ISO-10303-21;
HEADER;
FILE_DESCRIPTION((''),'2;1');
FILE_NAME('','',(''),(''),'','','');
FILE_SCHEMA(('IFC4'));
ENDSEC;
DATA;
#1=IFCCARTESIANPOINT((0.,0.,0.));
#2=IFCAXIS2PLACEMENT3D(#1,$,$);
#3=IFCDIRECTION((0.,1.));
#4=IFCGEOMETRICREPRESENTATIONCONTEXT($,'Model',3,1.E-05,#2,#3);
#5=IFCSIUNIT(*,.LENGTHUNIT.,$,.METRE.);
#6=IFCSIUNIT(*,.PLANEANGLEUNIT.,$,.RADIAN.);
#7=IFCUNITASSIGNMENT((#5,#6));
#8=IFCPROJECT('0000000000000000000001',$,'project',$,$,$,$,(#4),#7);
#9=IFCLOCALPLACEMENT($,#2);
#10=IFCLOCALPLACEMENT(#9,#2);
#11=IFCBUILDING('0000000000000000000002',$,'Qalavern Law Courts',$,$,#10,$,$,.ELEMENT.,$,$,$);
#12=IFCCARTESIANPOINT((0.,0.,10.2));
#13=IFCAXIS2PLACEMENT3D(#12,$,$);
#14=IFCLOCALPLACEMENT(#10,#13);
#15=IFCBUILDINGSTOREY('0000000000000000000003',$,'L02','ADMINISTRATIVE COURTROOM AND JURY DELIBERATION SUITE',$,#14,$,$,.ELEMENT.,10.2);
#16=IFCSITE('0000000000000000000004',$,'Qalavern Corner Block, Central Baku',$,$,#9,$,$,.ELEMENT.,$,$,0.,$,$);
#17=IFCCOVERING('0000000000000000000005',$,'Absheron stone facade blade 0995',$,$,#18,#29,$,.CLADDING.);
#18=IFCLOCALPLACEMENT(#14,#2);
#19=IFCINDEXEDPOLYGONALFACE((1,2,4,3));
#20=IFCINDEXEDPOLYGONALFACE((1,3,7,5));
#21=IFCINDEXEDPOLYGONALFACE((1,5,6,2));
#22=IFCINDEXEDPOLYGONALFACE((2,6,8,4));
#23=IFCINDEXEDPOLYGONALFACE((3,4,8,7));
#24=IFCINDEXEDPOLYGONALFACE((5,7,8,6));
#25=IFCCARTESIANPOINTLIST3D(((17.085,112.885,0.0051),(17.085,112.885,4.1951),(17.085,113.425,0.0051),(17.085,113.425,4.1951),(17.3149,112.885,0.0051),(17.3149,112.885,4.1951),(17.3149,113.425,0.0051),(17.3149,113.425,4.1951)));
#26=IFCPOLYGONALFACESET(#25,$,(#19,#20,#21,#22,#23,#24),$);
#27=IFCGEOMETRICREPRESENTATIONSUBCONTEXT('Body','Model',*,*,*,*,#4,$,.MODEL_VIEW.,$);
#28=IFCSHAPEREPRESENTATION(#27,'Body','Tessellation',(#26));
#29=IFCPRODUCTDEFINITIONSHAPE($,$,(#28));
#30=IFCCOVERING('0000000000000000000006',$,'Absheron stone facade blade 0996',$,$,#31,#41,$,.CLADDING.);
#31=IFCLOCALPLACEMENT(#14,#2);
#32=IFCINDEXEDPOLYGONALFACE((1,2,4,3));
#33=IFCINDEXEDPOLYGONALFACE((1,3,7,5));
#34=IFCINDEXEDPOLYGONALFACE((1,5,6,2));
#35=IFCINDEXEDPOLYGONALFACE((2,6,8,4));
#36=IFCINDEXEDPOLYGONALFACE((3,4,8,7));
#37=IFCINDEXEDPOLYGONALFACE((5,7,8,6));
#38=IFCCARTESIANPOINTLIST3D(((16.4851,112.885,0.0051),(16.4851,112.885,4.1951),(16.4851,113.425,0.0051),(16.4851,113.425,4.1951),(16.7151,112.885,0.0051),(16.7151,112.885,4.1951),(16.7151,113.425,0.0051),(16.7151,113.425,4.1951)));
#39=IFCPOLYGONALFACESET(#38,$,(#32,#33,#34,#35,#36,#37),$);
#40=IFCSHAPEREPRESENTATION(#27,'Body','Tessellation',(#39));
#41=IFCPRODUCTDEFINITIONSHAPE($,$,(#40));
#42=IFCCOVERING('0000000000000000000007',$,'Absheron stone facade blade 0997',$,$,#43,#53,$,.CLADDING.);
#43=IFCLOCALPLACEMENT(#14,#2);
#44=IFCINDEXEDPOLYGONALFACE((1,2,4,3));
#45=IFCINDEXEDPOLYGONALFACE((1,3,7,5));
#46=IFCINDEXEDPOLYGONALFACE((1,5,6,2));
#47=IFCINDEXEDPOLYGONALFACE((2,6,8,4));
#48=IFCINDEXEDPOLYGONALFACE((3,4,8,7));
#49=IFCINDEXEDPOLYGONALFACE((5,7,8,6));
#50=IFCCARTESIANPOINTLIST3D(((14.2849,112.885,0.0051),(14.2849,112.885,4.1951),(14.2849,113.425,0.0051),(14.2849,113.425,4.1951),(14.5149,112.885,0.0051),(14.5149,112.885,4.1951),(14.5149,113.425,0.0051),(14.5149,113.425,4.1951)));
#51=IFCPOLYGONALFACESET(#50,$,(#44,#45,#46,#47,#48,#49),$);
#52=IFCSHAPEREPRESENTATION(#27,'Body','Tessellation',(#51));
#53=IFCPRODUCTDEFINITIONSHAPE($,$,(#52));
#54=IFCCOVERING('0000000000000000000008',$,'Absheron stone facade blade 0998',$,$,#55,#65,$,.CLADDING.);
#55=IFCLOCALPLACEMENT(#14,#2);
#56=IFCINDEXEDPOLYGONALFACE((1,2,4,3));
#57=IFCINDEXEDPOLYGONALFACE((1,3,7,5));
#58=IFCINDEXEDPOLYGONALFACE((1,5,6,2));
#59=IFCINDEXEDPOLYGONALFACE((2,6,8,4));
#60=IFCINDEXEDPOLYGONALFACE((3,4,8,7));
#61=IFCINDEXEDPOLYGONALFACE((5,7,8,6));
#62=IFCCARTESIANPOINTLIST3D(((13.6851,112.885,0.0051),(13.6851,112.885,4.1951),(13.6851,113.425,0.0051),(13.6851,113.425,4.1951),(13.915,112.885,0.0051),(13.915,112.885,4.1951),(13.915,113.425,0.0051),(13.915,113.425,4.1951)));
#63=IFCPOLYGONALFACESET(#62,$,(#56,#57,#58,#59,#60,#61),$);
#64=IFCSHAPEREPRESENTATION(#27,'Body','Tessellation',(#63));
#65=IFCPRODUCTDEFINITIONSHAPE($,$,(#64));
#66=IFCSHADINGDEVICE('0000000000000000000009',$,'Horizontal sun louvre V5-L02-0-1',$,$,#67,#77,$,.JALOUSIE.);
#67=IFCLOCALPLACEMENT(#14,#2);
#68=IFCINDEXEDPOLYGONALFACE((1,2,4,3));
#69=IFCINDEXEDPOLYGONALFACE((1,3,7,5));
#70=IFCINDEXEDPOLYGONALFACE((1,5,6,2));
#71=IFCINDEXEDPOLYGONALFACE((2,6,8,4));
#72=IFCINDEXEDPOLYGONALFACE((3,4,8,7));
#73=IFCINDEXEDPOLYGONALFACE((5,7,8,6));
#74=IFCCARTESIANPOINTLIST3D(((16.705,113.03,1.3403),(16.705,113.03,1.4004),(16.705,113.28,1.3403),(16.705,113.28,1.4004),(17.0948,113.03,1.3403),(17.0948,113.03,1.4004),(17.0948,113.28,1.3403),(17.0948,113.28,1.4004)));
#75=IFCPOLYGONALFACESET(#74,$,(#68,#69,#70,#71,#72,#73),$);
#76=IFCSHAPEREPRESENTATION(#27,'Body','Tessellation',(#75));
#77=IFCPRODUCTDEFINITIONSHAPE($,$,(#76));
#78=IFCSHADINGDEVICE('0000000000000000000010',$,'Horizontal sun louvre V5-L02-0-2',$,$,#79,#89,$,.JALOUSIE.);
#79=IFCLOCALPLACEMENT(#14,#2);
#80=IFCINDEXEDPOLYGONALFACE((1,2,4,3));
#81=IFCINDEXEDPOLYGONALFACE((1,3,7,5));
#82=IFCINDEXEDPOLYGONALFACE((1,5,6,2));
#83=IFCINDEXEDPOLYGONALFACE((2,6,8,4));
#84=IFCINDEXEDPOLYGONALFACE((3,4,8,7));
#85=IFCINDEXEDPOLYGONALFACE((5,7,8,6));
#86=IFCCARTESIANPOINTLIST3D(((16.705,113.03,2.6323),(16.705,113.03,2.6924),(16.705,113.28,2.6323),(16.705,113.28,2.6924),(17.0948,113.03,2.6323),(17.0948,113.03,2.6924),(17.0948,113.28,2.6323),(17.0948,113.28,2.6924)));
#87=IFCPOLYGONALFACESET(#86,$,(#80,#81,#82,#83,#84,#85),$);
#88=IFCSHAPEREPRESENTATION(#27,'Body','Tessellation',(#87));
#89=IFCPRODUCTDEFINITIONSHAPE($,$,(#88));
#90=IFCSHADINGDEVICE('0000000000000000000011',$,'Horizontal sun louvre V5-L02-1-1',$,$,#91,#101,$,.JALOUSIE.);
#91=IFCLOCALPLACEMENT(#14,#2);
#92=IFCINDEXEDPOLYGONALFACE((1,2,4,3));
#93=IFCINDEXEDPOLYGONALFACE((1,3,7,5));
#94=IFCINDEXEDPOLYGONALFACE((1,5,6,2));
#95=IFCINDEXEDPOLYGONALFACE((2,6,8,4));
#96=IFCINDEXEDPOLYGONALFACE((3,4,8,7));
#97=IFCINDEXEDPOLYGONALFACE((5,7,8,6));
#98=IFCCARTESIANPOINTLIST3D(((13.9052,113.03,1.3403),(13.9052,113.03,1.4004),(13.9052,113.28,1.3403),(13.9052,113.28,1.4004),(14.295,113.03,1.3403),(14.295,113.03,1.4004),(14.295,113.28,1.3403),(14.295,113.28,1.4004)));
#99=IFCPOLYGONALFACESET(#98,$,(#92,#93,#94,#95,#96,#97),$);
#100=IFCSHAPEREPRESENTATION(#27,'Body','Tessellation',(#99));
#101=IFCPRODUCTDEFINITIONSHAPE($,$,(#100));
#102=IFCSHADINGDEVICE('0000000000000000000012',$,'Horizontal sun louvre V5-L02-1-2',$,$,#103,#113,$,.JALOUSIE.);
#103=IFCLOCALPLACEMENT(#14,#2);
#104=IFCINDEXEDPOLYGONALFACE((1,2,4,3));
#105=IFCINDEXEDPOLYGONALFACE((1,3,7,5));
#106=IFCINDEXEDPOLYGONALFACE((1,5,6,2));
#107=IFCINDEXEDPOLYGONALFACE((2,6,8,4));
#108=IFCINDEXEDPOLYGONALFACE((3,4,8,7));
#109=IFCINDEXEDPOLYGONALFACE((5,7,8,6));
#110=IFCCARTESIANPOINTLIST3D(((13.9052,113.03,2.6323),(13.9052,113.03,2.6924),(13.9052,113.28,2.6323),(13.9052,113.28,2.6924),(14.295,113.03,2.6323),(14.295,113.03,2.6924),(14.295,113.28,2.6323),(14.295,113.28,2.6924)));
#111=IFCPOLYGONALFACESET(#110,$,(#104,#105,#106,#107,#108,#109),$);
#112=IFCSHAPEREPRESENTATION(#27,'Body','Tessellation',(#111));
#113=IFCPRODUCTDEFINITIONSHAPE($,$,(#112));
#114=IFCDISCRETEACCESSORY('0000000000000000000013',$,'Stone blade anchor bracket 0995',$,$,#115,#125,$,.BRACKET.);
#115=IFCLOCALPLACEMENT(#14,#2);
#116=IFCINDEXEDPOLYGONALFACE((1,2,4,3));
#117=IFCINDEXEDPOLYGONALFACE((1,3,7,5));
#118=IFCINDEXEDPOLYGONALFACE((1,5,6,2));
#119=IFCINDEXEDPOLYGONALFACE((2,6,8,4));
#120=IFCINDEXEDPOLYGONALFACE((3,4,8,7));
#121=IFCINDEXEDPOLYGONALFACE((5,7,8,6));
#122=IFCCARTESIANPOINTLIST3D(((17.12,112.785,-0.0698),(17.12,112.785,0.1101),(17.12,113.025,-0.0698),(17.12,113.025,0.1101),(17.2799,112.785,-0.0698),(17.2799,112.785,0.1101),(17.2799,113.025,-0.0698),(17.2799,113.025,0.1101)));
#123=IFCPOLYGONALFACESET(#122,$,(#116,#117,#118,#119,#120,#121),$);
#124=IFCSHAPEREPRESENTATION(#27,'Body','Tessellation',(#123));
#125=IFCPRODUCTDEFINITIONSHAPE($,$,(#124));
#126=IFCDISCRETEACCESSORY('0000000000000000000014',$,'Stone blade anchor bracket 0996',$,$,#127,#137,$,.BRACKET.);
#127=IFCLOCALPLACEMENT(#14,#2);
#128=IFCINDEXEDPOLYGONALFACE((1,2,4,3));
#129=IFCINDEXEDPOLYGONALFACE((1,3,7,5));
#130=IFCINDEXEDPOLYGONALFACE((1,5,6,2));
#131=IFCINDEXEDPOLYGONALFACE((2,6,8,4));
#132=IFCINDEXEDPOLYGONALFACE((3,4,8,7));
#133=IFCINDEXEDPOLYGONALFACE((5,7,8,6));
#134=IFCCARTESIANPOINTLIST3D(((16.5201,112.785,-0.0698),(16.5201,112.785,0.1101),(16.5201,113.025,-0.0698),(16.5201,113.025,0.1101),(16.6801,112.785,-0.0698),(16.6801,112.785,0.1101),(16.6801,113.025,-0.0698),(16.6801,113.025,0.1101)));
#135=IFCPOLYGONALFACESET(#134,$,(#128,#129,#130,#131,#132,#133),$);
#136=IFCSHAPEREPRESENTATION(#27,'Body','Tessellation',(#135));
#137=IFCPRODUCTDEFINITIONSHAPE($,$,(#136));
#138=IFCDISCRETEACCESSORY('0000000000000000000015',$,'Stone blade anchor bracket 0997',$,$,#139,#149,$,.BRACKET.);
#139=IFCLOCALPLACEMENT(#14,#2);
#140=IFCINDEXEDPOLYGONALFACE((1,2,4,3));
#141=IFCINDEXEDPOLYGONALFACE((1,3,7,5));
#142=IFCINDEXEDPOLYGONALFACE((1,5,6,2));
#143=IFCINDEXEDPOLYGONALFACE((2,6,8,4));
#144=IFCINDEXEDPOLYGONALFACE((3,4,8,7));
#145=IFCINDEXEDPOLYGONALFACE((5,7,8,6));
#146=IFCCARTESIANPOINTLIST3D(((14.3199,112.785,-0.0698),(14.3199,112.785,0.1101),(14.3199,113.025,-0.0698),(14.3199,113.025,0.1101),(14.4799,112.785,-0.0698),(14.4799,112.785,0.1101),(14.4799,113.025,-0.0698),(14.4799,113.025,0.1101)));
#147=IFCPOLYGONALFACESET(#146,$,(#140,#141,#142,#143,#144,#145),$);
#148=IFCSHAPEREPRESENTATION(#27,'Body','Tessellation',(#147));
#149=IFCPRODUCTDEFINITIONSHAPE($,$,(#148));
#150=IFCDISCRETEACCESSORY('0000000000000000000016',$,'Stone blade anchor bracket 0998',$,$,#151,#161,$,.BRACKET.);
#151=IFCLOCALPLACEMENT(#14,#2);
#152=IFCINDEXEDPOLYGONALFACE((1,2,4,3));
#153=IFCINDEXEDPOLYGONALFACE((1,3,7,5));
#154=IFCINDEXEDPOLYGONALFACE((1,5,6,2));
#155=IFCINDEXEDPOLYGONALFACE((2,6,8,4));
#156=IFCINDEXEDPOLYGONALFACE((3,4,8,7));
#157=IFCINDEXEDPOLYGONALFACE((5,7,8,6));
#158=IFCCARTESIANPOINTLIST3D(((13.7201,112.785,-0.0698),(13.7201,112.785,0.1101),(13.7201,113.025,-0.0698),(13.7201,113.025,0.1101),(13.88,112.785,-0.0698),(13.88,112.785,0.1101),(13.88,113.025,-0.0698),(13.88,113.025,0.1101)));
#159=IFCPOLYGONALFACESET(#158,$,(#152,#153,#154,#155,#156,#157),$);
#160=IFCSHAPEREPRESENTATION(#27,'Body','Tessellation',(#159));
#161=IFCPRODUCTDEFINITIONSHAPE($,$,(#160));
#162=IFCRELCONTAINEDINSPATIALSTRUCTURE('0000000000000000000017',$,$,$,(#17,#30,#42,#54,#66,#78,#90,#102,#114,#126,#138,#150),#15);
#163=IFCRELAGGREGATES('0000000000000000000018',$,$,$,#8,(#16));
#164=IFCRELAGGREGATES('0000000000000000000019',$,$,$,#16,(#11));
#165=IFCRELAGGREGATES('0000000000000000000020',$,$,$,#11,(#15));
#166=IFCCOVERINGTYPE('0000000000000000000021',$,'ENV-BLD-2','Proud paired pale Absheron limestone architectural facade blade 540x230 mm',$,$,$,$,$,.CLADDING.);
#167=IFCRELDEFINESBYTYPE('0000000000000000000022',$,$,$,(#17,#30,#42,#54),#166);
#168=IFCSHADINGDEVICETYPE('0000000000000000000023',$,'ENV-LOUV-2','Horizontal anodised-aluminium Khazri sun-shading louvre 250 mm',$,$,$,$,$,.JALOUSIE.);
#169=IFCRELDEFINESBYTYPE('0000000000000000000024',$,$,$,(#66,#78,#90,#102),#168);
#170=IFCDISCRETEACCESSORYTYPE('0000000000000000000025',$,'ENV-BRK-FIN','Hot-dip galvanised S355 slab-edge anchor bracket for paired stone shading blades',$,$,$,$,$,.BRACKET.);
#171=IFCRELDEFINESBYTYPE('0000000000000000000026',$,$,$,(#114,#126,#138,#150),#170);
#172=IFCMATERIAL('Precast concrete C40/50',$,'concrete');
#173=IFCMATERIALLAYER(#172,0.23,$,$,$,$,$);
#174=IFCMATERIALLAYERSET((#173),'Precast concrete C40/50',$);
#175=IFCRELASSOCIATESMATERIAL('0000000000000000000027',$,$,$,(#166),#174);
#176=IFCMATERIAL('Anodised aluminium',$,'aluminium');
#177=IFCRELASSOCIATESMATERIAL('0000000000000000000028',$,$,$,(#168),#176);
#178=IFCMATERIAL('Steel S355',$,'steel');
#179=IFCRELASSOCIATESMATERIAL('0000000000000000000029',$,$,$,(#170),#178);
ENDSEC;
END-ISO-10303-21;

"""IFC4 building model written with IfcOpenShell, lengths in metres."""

from ifc_helpers import new_model, si_unit, direction, frame, origin, origin_2d, place, context, subcontext, project, spatial, rectangle, extrude, material, layer, layer_set, type_object, element, save


model = new_model("IFC4")

# Units and contexts
model_context = context("Model", 3, precision=1e-05, world=origin(), true_north=direction((0.0, 1.0)))
body_context = subcontext(model_context, "Body", "Model", "MODEL_VIEW")
ifc_project = project(units=[si_unit("LENGTHUNIT", "METRE"), si_unit("PLANEANGLEUNIT", "RADIAN")], contexts=[model_context])

# Site, building, storey
site_placement = place(None, origin())
site = spatial("IfcSite", under=ifc_project, at=site_placement, Name="Qalavern Corner Block, Central Baku", CompositionType="ELEMENT", RefElevation=0.0)
building_placement = place(site_placement, origin())
building = spatial("IfcBuilding", under=site, at=building_placement, Name="Qalavern Law Courts", CompositionType="ELEMENT")
storey_placement = place(building_placement, frame((0.0, 0.0, 10.2)))
storey = spatial("IfcBuildingStorey", under=building, at=storey_placement, Name="L02", Description="ADMINISTRATIVE COURTROOM AND JURY DELIBERATION SUITE", CompositionType="ELEMENT", Elevation=10.2)

# Shared definitions
ifc_material_1 = material(Name="Anodised aluminium", Category="aluminium")

# Coverings
ifc_material_2 = material(Name="Precast concrete C40/50", Category="concrete")
ifc_layer_1 = layer(ifc_material_2, 0.23)
ifc_layer_set_1 = layer_set([ifc_layer_1], Name="Precast concrete C40/50")
covering_type = type_object("IfcCoveringType", Name="ENV-BLD-2", Description="Proud paired pale Absheron limestone architectural facade blade 540x230 mm", PredefinedType="CLADDING", material=ifc_layer_set_1)
for number, where, z_axis, x_axis, name in (
    (1, (17.2, 113.155, 0.0051), (0.0, 0.0, 1.0), (0.0, 1.0, 0.0), "Absheron stone facade blade 0995"),
    (2, (16.6001, 113.155, 0.0051), (0.0, 0.0, 1.0), (0.0, 1.0, 0.0), "Absheron stone facade blade 0996"),
    (3, (14.3999, 113.155, 0.0051), (0.0, 0.0, 1.0), (0.0, 1.0, 0.0), "Absheron stone facade blade 0997"),
    (4, (13.8, 113.155, 0.0051), (0.0, 0.0, 1.0), (0.0, 1.0, 0.0), "Absheron stone facade blade 0998"),
):
    element("IfcCovering", number, at=place(storey_placement, frame(where, z_axis=z_axis, x_axis=x_axis)), inside=storey, type_object=covering_type, Name=name, PredefinedType="CLADDING", context=body_context, shape_type="SweptSolid", body=[
        extrude(rectangle(XDim=0.54, YDim=0.23, at=origin_2d()), origin(), (0.0, 0.0, 1.0), 4.1899),
    ])

# Shading devices
shading_device_type = type_object("IfcShadingDeviceType", Name="ENV-LOUV-2", Description="Horizontal anodised-aluminium Khazri sun-shading louvre 250 mm", PredefinedType="JALOUSIE", material=ifc_material_1)
for number, where, z_axis, x_axis, name in (
    (5, (16.8999, 113.155, 1.3403), (0.0, 0.0, 1.0), (-1.0, 0.0, 0.0), "Horizontal sun louvre V5-L02-0-1"),
    (6, (16.8999, 113.155, 2.6323), (0.0, 0.0, 1.0), (-1.0, 0.0, 0.0), "Horizontal sun louvre V5-L02-0-2"),
    (7, (14.1001, 113.155, 1.3403), (0.0, 0.0, 1.0), (-1.0, 0.0, 0.0), "Horizontal sun louvre V5-L02-1-1"),
    (8, (14.1001, 113.155, 2.6323), (0.0, 0.0, 1.0), (-1.0, 0.0, 0.0), "Horizontal sun louvre V5-L02-1-2"),
):
    element("IfcShadingDevice", number, at=place(storey_placement, frame(where, z_axis=z_axis, x_axis=x_axis)), inside=storey, type_object=shading_device_type, Name=name, PredefinedType="JALOUSIE", context=body_context, shape_type="SweptSolid", body=[
        extrude(rectangle(XDim=0.3899, YDim=0.25, at=origin_2d()), origin(), (0.0, 0.0, 1.0), 0.0601),
    ])

# Discrete accessories
ifc_material_3 = material(Name="Steel S355", Category="steel")
discrete_accessory_type = type_object("IfcDiscreteAccessoryType", Name="ENV-BRK-FIN", Description="Hot-dip galvanised S355 slab-edge anchor bracket for paired stone shading blades", PredefinedType="BRACKET", material=ifc_material_3)
for number, where, z_axis, x_axis, name in (
    (9, (17.2, 112.905, -0.0698), (0.0, 0.0, 1.0), (0.0, 1.0, 0.0), "Stone blade anchor bracket 0995"),
    (10, (16.6001, 112.905, -0.0698), (0.0, 0.0, 1.0), (0.0, 1.0, 0.0), "Stone blade anchor bracket 0996"),
    (11, (14.3999, 112.905, -0.0698), (0.0, 0.0, 1.0), (0.0, 1.0, 0.0), "Stone blade anchor bracket 0997"),
    (12, (13.8, 112.905, -0.0698), (0.0, 0.0, 1.0), (0.0, 1.0, 0.0), "Stone blade anchor bracket 0998"),
):
    element("IfcDiscreteAccessory", number, at=place(storey_placement, frame(where, z_axis=z_axis, x_axis=x_axis)), inside=storey, type_object=discrete_accessory_type, Name=name, PredefinedType="BRACKET", context=body_context, shape_type="SweptSolid", body=[
        extrude(rectangle(XDim=0.24, YDim=0.1599, at=origin_2d()), origin(), (0.0, 0.0, 1.0), 0.1799),
    ])

save(model, "model.ifc")
